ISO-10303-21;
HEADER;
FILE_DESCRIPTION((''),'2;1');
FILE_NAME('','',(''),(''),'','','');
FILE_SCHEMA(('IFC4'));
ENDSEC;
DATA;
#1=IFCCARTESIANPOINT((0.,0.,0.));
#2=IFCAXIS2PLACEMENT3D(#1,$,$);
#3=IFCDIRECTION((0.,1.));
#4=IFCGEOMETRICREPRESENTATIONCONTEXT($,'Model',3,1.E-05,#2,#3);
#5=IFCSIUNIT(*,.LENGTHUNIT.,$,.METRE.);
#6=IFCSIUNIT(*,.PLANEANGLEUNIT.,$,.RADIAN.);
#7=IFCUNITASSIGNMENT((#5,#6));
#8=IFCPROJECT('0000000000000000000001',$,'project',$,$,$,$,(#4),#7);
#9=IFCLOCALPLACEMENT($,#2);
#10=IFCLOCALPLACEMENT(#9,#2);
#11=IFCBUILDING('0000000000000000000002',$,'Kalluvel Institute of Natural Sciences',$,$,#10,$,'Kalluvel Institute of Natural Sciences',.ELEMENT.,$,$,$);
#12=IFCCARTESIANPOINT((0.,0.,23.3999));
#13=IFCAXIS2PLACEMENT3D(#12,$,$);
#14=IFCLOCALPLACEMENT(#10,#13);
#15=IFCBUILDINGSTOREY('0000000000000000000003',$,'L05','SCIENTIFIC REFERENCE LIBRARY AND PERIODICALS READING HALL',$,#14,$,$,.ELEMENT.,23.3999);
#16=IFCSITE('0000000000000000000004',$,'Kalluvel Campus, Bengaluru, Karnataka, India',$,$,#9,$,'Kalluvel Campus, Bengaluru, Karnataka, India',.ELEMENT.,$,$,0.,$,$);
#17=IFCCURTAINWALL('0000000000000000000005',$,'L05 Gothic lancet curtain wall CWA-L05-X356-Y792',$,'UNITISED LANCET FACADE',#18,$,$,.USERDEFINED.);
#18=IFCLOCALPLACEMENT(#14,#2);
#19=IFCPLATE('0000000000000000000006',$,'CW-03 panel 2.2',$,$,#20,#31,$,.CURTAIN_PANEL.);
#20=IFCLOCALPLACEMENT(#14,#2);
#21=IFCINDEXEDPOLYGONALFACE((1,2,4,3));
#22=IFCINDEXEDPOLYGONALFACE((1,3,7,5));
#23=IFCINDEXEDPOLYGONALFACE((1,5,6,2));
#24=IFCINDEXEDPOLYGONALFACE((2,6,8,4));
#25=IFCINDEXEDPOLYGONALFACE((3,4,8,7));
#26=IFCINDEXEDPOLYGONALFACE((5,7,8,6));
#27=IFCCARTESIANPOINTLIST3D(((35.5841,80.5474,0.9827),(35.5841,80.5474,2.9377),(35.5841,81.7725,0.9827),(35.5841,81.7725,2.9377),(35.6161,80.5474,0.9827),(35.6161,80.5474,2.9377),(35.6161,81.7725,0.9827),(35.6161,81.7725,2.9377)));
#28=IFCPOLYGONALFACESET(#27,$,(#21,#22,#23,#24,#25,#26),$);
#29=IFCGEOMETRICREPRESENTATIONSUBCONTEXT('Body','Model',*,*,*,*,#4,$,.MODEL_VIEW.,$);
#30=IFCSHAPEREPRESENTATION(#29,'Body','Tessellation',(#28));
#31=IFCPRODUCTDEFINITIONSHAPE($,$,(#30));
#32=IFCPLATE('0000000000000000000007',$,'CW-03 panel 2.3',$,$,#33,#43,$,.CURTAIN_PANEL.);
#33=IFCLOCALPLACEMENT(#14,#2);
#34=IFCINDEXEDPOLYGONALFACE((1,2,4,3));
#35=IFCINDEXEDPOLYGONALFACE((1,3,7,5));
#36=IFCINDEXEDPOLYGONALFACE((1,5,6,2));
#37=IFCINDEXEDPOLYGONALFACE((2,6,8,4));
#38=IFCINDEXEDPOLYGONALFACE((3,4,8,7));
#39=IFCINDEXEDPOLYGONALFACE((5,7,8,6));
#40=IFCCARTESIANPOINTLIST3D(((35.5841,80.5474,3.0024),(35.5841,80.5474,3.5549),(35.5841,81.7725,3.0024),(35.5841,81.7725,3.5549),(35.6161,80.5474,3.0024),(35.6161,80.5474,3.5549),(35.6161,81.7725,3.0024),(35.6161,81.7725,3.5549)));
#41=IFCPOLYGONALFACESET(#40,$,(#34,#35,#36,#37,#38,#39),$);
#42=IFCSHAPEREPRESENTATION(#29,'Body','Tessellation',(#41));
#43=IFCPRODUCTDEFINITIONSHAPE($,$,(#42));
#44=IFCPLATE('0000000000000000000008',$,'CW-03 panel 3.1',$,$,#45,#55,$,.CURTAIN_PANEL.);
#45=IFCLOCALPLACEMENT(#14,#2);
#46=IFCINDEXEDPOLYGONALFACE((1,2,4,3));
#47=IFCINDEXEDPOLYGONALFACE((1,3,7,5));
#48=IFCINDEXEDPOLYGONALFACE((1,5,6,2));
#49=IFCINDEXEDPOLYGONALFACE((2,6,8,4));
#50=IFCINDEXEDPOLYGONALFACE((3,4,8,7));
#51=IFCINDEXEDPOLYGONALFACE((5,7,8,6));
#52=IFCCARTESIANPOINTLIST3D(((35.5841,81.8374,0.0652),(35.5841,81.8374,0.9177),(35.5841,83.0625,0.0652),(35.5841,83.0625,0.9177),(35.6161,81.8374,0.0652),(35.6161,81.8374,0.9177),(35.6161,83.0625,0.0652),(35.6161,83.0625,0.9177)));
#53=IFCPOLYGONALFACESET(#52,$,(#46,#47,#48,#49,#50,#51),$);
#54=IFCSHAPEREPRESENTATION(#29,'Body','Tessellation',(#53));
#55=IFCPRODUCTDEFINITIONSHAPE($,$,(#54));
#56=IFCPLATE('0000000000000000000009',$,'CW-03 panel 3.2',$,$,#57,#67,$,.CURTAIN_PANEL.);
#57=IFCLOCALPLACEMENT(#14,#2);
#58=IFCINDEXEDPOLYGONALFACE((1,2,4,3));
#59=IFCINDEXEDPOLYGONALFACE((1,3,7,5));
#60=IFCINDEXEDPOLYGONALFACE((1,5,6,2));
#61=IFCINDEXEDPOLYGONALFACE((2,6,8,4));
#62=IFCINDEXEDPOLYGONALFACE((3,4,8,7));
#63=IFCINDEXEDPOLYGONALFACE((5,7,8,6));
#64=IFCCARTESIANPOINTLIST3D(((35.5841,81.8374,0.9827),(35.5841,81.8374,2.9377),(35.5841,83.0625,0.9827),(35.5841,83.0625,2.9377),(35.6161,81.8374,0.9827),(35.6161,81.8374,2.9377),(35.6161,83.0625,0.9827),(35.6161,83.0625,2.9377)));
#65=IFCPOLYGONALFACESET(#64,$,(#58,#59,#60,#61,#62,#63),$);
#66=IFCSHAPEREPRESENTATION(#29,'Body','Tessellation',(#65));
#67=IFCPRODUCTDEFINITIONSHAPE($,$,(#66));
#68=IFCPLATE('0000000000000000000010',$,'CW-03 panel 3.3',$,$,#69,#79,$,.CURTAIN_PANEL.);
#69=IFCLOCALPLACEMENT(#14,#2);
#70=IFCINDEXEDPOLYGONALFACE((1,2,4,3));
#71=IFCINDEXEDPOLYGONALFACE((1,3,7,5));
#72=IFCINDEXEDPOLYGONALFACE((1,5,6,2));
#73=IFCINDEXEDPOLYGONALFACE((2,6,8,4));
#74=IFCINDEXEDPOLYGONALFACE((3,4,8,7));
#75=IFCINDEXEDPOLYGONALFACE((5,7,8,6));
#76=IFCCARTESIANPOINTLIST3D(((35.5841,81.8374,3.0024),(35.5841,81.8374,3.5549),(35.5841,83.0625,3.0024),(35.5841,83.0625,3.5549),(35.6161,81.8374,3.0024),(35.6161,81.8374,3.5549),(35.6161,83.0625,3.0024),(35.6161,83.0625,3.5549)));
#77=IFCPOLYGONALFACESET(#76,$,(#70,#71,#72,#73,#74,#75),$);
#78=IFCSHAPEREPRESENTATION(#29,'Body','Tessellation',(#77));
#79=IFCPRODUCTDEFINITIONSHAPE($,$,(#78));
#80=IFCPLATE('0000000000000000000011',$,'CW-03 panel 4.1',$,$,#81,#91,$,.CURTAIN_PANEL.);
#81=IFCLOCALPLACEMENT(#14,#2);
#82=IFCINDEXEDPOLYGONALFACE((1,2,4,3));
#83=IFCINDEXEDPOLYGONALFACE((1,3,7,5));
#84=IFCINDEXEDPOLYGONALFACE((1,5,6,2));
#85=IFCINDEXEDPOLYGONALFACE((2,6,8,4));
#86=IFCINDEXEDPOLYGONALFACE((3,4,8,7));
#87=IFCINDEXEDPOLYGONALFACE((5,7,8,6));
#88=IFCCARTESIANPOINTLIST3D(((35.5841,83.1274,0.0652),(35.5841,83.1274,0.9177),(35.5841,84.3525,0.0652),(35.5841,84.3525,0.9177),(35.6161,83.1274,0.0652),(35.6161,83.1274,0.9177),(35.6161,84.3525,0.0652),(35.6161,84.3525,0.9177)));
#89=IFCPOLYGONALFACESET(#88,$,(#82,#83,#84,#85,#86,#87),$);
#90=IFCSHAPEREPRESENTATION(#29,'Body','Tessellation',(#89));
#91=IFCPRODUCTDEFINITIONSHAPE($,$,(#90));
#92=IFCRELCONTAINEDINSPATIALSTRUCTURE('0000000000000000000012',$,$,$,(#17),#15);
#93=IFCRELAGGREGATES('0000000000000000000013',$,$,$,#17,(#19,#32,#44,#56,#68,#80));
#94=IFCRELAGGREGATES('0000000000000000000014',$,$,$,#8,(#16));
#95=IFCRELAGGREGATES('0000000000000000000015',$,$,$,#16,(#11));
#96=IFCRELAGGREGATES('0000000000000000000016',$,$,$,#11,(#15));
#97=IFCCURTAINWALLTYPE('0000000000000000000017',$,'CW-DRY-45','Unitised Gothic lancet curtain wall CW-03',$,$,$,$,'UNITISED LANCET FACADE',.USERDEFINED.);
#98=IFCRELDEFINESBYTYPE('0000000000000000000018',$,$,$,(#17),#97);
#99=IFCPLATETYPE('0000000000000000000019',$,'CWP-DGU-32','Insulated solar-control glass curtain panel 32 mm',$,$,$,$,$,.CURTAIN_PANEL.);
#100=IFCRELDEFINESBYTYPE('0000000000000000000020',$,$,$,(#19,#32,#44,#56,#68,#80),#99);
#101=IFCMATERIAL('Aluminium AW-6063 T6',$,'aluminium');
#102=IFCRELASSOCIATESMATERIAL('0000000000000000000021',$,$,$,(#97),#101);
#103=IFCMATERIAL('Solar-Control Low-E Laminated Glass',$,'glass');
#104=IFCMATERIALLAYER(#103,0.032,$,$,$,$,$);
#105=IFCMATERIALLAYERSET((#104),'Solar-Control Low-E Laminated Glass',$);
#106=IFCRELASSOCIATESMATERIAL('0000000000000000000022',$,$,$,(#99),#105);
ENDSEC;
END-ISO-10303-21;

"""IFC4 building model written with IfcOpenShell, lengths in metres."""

from ifc_helpers import new_model, si_unit, direction, frame, origin, origin_2d, place, context, subcontext, project, spatial, rectangle, extrude, material, layer, layer_set, type_object, element, aggregate, save


model = new_model("IFC4")

# Units and contexts
model_context = context("Model", 3, precision=1e-05, world=origin(), true_north=direction((0.0, 1.0)))
body_context = subcontext(model_context, "Body", "Model", "MODEL_VIEW")
ifc_project = project(units=[si_unit("LENGTHUNIT", "METRE"), si_unit("PLANEANGLEUNIT", "RADIAN")], contexts=[model_context])

# Site, building, storey
site_placement = place(None, origin())
site = spatial("IfcSite", under=ifc_project, at=site_placement, Name="Kalluvel Campus, Bengaluru, Karnataka, India", LongName="Kalluvel Campus, Bengaluru, Karnataka, India", CompositionType="ELEMENT", RefElevation=0.0)
building_placement = place(site_placement, origin())
building = spatial("IfcBuilding", under=site, at=building_placement, Name="Kalluvel Institute of Natural Sciences", LongName="Kalluvel Institute of Natural Sciences", CompositionType="ELEMENT")
storey_placement = place(building_placement, frame((0.0, 0.0, 23.3999)))
storey = spatial("IfcBuildingStorey", under=building, at=storey_placement, Name="L05", Description="SCIENTIFIC REFERENCE LIBRARY AND PERIODICALS READING HALL", CompositionType="ELEMENT", Elevation=23.3999)

# Curtain wall, plates
ifc_material_1 = material(Name="Aluminium AW-6063 T6", Category="aluminium")
curtain_wall_type = type_object("IfcCurtainWallType", Name="CW-DRY-45", Description="Unitised Gothic lancet curtain wall CW-03", ElementType="UNITISED LANCET FACADE", PredefinedType="USERDEFINED", material=ifc_material_1)
curtain_wall_placement = place(storey_placement, origin())
curtain_wall = element("IfcCurtainWall", 1, at=curtain_wall_placement, inside=storey, type_object=curtain_wall_type, Name="L05 Gothic lancet curtain wall CWA-L05-X356-Y792", ObjectType="UNITISED LANCET FACADE", PredefinedType="USERDEFINED")
ifc_material_2 = material(Name="Solar-Control Low-E Laminated Glass", Category="glass")
ifc_layer = layer(ifc_material_2, 0.032)
ifc_layer_set = layer_set([ifc_layer], Name="Solar-Control Low-E Laminated Glass")
plate_type = type_object("IfcPlateType", Name="CWP-DGU-32", Description="Insulated solar-control glass curtain panel 32 mm", PredefinedType="CURTAIN_PANEL", material=ifc_layer_set)
plate_1_placement = place(storey_placement, frame((35.6001, 81.1599, 0.9827), z_axis=(0.0, 0.0, 1.0), x_axis=(0.0, 1.0, 0.0)))
plate_1 = element("IfcPlate", 2, at=plate_1_placement, type_object=plate_type, Name="CW-03 panel 2.2", PredefinedType="CURTAIN_PANEL", context=body_context, shape_type="SweptSolid", body=[
    extrude(rectangle(XDim=1.2251, YDim=0.032, at=origin_2d()), origin(), (0.0, 0.0, 1.0), 1.9551),
])
plate_2_placement = place(storey_placement, frame((35.6001, 81.1599, 3.0024), z_axis=(0.0, 0.0, 1.0), x_axis=(0.0, 1.0, 0.0)))
plate_2 = element("IfcPlate", 3, at=plate_2_placement, type_object=plate_type, Name="CW-03 panel 2.3", PredefinedType="CURTAIN_PANEL", context=body_context, shape_type="SweptSolid", body=[
    extrude(rectangle(XDim=1.2251, YDim=0.032, at=origin_2d()), origin(), (0.0, 0.0, 1.0), 0.5525),
])
plate_3_placement = place(storey_placement, frame((35.6001, 82.45, 0.0652), z_axis=(0.0, 0.0, 1.0), x_axis=(0.0, 1.0, 0.0)))
plate_3 = element("IfcPlate", 4, at=plate_3_placement, type_object=plate_type, Name="CW-03 panel 3.1", PredefinedType="CURTAIN_PANEL", context=body_context, shape_type="SweptSolid", body=[
    extrude(rectangle(XDim=1.2251, YDim=0.032, at=origin_2d()), origin(), (0.0, 0.0, 1.0), 0.8525),
])
plate_4_placement = place(storey_placement, frame((35.6001, 82.45, 0.9827), z_axis=(0.0, 0.0, 1.0), x_axis=(0.0, 1.0, 0.0)))
plate_4 = element("IfcPlate", 5, at=plate_4_placement, type_object=plate_type, Name="CW-03 panel 3.2", PredefinedType="CURTAIN_PANEL", context=body_context, shape_type="SweptSolid", body=[
    extrude(rectangle(XDim=1.2251, YDim=0.032, at=origin_2d()), origin(), (0.0, 0.0, 1.0), 1.9551),
])
plate_5_placement = place(storey_placement, frame((35.6001, 82.45, 3.0024), z_axis=(0.0, 0.0, 1.0), x_axis=(0.0, 1.0, 0.0)))
plate_5 = element("IfcPlate", 6, at=plate_5_placement, type_object=plate_type, Name="CW-03 panel 3.3", PredefinedType="CURTAIN_PANEL", context=body_context, shape_type="SweptSolid", body=[
    extrude(rectangle(XDim=1.2251, YDim=0.032, at=origin_2d()), origin(), (0.0, 0.0, 1.0), 0.5525),
])
plate_6_placement = place(storey_placement, frame((35.6001, 83.74, 0.0652), z_axis=(0.0, 0.0, 1.0), x_axis=(0.0, 1.0, 0.0)))
plate_6 = element("IfcPlate", 7, at=plate_6_placement, type_object=plate_type, Name="CW-03 panel 4.1", PredefinedType="CURTAIN_PANEL", context=body_context, shape_type="SweptSolid", body=[
    extrude(rectangle(XDim=1.2251, YDim=0.032, at=origin_2d()), origin(), (0.0, 0.0, 1.0), 0.8525),
])
aggregate(curtain_wall, [plate_1, plate_2, plate_3, plate_4, plate_5, plate_6])

save(model, "model.ifc")
